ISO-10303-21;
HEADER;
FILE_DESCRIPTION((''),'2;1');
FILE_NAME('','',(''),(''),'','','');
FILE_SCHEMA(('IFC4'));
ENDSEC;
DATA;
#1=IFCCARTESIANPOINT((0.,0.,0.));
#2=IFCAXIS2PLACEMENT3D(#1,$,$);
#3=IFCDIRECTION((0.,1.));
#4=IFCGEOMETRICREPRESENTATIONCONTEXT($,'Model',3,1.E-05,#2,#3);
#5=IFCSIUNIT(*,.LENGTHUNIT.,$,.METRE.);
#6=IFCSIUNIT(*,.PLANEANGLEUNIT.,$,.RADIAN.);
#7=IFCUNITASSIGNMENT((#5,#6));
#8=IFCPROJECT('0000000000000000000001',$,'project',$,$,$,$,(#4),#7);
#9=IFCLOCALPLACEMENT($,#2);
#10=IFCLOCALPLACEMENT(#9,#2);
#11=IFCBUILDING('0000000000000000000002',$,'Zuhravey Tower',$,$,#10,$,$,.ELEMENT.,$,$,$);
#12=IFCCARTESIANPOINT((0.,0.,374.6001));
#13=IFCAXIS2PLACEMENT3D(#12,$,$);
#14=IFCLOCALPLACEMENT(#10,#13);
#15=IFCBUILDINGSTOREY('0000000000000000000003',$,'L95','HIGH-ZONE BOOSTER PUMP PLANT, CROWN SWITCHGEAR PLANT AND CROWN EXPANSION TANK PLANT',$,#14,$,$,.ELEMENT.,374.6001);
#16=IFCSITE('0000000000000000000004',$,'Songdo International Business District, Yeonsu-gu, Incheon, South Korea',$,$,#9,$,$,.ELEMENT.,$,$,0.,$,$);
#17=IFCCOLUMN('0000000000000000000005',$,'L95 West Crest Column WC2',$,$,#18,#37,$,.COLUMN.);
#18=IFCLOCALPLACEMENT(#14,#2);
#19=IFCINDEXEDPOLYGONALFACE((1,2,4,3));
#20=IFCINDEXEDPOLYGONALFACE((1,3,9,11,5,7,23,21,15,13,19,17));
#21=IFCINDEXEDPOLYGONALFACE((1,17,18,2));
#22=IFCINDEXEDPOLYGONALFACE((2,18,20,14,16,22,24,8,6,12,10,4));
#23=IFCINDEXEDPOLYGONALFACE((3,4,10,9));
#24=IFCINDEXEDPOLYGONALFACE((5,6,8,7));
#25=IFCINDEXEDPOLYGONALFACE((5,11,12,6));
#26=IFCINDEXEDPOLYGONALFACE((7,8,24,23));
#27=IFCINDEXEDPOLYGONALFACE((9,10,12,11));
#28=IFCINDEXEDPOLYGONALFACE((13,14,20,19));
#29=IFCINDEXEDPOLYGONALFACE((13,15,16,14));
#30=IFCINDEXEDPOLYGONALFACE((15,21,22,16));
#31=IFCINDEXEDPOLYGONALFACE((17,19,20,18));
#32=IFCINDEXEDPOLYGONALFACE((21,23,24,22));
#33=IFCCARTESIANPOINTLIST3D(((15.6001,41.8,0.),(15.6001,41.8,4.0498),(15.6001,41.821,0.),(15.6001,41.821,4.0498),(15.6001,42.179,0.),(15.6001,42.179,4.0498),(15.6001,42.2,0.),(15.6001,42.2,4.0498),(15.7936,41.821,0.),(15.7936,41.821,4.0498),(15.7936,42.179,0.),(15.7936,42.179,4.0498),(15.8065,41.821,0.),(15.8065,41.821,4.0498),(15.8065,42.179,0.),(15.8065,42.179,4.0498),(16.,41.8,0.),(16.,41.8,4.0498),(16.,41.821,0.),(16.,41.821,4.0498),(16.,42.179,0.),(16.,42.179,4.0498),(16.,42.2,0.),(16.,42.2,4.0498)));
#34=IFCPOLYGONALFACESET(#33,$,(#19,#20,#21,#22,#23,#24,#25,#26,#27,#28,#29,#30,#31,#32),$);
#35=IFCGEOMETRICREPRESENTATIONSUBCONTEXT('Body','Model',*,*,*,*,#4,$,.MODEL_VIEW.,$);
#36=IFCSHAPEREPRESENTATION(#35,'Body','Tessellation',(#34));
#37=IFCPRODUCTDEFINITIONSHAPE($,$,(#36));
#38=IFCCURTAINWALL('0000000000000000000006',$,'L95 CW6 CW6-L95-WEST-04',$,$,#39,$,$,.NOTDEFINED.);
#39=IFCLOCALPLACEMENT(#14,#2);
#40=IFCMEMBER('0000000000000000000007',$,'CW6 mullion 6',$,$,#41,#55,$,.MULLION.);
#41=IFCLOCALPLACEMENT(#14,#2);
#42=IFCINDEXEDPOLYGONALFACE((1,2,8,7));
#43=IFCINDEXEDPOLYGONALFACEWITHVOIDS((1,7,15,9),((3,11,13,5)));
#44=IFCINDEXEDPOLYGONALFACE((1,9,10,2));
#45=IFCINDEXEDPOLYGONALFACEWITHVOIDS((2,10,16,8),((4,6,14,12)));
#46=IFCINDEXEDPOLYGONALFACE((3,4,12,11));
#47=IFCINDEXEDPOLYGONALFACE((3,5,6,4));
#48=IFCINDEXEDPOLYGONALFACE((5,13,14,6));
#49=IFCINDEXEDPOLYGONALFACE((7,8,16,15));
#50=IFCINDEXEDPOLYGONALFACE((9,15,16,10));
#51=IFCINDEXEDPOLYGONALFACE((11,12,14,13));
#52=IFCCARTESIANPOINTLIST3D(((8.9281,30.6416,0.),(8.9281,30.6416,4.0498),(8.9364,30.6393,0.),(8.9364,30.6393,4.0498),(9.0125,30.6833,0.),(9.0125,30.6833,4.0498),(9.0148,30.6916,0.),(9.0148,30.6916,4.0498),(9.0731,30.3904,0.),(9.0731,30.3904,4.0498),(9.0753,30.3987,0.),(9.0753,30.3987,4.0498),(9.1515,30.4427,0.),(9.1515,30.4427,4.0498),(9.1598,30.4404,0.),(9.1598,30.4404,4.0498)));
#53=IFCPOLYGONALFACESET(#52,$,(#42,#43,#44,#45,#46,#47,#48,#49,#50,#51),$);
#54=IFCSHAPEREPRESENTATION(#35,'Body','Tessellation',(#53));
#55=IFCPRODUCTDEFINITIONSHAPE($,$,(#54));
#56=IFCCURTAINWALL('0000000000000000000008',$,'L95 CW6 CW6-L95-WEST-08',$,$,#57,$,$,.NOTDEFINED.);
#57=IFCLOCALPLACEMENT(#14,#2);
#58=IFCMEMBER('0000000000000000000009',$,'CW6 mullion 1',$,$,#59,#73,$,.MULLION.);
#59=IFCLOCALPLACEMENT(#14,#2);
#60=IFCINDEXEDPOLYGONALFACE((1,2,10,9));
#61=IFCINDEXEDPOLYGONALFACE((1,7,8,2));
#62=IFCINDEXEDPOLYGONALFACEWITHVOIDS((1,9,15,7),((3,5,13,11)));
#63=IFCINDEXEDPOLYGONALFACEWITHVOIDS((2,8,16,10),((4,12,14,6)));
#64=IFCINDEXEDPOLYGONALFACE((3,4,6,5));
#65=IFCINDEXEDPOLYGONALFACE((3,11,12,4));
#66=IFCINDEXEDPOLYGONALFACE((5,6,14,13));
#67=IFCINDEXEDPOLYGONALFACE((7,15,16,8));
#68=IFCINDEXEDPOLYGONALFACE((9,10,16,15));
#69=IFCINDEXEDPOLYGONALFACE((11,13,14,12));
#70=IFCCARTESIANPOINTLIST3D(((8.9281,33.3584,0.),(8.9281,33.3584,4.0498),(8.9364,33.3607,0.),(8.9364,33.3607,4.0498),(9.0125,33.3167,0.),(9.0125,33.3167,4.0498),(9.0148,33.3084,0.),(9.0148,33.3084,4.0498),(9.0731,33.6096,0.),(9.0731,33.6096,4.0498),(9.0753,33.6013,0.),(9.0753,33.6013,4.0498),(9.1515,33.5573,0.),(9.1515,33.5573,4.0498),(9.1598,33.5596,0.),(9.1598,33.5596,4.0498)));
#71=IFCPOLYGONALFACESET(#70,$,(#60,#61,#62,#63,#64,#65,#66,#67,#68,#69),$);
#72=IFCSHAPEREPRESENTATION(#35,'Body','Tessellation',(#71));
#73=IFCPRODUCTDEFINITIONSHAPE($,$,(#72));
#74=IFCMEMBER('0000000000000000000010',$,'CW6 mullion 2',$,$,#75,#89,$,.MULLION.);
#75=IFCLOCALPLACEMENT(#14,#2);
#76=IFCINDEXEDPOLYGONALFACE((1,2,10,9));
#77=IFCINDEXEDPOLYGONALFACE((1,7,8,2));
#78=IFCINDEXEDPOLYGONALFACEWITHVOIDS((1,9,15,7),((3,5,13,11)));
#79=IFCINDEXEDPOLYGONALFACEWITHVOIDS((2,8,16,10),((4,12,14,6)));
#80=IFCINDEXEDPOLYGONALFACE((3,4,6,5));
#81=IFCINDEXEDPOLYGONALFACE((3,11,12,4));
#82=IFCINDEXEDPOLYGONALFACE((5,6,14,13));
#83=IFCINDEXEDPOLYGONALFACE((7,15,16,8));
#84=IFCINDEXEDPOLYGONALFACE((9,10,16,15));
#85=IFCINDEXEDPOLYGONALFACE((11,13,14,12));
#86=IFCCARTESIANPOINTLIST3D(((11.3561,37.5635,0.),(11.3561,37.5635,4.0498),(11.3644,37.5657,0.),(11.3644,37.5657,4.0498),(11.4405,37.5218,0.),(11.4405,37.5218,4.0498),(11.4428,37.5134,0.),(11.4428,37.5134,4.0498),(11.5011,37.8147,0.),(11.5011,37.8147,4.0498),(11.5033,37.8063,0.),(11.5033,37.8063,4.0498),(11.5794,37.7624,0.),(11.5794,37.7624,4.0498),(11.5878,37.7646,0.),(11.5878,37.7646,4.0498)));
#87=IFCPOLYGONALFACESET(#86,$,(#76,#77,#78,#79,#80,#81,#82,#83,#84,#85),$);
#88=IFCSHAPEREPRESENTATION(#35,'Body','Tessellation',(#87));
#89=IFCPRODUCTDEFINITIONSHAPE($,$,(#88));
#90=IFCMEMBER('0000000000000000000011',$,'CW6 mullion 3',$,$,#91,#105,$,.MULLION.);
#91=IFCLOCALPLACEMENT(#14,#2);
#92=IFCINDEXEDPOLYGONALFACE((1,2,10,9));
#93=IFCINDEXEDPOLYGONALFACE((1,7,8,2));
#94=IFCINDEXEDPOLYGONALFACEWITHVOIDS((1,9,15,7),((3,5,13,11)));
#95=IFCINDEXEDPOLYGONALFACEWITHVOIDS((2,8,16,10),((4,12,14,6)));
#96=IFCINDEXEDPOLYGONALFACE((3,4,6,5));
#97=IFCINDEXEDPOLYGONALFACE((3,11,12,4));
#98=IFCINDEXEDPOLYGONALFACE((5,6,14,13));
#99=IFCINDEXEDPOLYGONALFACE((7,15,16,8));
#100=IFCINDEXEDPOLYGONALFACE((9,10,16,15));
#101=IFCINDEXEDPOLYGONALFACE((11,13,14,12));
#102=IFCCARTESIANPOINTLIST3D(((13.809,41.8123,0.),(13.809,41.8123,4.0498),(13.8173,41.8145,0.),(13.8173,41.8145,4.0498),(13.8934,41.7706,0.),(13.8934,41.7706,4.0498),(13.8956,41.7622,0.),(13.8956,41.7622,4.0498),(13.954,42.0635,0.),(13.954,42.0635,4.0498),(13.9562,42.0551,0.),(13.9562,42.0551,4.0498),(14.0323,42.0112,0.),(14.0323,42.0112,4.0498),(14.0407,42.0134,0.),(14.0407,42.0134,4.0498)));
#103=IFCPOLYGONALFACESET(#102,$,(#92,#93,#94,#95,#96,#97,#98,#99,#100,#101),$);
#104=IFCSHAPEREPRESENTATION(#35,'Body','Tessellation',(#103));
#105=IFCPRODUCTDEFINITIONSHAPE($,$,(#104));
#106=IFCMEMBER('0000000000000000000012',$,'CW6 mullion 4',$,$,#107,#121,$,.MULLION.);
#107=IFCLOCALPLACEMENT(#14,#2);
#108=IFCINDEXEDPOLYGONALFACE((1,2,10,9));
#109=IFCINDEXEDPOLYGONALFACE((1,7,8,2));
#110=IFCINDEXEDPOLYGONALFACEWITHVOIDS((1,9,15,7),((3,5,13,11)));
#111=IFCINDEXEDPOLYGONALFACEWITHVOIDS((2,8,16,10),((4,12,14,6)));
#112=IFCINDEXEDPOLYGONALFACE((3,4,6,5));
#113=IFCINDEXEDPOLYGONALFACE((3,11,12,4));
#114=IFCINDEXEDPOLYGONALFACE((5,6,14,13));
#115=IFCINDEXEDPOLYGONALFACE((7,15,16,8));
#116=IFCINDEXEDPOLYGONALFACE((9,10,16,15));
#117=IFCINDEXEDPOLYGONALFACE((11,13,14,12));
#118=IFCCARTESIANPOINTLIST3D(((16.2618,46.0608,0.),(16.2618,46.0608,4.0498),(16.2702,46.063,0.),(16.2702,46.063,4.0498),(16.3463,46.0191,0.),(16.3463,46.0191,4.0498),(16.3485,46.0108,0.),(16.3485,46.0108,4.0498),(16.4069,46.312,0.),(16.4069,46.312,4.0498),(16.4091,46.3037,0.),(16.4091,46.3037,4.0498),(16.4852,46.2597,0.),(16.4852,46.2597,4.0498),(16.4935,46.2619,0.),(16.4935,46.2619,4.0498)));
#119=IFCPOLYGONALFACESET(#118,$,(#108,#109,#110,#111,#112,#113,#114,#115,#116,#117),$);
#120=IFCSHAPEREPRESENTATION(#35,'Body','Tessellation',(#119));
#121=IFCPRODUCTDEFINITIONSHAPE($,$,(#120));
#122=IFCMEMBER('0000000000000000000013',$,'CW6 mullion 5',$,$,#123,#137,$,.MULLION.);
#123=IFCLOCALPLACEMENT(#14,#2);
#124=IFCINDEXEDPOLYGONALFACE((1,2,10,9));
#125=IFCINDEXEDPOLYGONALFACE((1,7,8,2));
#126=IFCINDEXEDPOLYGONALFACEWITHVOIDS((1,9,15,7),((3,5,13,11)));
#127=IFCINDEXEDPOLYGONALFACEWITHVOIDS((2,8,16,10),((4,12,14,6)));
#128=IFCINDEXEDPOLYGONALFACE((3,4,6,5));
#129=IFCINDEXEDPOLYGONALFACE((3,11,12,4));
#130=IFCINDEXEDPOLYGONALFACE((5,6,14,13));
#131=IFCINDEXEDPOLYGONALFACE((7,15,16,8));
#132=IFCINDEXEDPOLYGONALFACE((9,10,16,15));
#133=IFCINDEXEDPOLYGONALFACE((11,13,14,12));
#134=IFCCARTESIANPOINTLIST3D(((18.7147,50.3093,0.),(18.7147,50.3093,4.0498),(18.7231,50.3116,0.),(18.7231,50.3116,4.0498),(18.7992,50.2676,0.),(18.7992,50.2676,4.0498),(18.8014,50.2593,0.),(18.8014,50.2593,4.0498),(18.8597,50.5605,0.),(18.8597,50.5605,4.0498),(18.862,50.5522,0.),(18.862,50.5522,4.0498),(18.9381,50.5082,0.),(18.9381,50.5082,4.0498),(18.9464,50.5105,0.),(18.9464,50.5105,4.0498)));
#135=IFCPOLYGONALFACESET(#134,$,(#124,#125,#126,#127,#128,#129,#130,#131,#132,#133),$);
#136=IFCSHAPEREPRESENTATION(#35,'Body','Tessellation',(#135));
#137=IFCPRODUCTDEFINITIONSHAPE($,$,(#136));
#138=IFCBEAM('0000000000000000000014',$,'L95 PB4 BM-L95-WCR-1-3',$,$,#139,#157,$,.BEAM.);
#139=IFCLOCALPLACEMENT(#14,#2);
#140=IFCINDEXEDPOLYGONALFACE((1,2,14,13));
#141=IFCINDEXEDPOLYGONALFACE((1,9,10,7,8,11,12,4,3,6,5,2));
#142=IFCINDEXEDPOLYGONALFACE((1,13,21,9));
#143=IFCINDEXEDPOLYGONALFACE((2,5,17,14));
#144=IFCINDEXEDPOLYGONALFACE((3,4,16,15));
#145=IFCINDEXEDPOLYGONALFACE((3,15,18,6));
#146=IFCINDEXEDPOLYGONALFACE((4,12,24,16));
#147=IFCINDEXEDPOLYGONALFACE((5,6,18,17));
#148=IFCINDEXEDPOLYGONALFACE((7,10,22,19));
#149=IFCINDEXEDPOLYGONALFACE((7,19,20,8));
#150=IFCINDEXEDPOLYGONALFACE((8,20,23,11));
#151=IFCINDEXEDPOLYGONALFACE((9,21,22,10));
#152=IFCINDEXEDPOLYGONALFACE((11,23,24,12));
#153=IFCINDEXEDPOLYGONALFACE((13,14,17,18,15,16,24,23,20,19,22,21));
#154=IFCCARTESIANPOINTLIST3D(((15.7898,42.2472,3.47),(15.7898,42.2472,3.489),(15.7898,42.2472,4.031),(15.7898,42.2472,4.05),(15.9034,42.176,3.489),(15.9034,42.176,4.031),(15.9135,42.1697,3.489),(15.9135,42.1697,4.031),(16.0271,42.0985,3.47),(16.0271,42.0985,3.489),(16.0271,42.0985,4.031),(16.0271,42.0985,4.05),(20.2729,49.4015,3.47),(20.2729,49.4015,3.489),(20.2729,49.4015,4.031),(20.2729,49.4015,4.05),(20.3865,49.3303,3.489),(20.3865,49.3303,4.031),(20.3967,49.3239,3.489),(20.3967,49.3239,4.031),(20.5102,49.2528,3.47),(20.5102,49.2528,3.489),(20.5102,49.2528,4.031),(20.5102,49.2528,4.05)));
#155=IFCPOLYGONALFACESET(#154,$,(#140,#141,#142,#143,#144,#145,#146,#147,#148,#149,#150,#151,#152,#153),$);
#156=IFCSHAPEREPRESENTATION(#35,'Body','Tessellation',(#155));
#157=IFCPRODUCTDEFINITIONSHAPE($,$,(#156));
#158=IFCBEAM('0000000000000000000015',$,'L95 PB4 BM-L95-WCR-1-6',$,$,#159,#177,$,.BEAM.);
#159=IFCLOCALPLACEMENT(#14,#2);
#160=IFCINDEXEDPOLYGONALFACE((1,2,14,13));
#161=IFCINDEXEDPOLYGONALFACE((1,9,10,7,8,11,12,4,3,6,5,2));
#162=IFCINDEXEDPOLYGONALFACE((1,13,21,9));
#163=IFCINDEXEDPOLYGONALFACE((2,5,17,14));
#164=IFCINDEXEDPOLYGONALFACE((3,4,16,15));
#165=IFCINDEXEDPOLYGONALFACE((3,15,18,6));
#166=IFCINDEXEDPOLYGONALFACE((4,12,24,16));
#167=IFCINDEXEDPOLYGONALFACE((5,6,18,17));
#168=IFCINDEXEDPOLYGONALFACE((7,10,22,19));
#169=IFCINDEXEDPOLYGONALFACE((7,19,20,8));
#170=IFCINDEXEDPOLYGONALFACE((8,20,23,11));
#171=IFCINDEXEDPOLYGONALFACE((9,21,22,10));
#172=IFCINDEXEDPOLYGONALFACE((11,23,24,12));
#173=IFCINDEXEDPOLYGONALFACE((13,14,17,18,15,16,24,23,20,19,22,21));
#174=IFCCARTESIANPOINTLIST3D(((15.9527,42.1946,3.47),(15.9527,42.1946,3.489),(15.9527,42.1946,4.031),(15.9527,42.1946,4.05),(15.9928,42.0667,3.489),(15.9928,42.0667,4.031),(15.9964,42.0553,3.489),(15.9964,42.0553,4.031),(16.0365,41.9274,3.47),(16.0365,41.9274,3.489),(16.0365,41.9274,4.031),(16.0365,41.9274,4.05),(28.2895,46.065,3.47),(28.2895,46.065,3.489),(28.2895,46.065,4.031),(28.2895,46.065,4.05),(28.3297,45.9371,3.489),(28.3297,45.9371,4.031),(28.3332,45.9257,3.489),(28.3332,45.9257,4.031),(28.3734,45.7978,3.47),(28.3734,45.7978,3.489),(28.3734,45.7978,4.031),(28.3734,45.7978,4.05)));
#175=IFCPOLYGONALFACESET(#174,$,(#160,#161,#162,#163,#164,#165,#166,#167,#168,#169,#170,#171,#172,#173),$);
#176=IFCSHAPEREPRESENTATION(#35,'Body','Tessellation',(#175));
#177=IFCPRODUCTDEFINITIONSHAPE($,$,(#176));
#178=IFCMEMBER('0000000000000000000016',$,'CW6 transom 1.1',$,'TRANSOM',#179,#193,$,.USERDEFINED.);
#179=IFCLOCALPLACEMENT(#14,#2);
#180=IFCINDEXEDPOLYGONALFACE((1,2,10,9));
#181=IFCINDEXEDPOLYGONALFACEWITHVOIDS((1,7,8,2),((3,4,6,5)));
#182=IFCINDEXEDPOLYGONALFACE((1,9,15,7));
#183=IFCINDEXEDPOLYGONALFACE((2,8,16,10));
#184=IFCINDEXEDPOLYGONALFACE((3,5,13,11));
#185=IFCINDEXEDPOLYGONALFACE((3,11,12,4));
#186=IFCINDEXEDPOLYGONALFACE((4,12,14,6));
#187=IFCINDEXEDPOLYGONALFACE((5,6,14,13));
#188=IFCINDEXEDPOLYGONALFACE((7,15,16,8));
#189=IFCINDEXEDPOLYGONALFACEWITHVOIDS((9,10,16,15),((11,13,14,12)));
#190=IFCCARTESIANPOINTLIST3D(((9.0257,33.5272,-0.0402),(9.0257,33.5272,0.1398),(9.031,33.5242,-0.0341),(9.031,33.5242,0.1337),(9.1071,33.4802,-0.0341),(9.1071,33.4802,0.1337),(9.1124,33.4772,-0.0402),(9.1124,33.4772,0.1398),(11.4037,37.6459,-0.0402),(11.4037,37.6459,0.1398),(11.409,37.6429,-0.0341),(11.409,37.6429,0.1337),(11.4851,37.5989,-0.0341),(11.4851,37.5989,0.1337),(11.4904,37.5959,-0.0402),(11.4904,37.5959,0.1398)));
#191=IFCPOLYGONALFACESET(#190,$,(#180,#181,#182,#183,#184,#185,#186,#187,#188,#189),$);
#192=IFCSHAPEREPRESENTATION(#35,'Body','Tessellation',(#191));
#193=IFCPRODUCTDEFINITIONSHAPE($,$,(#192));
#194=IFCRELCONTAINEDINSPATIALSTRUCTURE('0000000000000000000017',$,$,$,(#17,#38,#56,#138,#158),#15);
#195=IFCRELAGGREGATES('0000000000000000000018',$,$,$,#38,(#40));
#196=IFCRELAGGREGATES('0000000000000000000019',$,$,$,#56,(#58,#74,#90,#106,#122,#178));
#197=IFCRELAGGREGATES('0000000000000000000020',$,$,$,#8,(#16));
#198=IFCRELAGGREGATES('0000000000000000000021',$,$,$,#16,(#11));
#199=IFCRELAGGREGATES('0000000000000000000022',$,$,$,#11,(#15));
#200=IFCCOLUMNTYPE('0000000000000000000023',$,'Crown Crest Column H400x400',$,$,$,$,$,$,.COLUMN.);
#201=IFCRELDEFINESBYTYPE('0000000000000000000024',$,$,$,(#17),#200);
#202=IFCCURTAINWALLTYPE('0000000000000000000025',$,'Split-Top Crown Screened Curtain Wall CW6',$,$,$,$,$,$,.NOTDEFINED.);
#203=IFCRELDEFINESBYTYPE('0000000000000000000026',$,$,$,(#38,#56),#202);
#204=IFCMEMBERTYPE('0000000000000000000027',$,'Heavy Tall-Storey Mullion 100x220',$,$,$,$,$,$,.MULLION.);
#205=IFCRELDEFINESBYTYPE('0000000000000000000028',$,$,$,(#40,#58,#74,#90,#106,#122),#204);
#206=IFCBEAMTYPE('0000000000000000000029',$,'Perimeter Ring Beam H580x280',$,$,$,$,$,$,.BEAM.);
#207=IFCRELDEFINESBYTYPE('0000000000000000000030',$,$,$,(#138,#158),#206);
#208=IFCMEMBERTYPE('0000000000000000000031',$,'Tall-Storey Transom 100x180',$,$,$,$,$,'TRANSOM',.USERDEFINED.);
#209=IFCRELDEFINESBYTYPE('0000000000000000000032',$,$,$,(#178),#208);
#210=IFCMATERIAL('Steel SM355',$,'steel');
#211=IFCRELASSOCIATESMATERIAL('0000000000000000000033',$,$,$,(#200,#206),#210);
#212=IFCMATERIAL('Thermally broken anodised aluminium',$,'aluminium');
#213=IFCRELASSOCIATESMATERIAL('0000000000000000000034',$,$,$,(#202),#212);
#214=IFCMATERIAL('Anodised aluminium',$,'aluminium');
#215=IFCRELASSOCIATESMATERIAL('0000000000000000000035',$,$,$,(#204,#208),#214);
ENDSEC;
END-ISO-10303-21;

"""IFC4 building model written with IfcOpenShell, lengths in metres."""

from ifc_helpers import new_model, si_unit, direction, frame, origin, origin_2d, place, context, subcontext, project, spatial, hollow_rectangle, i_section, extrude, material, material_profile, profile_set, type_object, element, aggregate, save


model = new_model("IFC4")

# Units and contexts
model_context = context("Model", 3, precision=1e-05, world=origin(), true_north=direction((0.0, 1.0)))
body_context = subcontext(model_context, "Body", "Model", "MODEL_VIEW")
ifc_project = project(units=[si_unit("LENGTHUNIT", "METRE"), si_unit("PLANEANGLEUNIT", "RADIAN")], contexts=[model_context])

# Site, building, storey
site_placement = place(None, origin())
site = spatial("IfcSite", under=ifc_project, at=site_placement, Name="Songdo International Business District, Yeonsu-gu, Incheon, South Korea", CompositionType="ELEMENT", RefElevation=0.0)
building_placement = place(site_placement, origin())
building = spatial("IfcBuilding", under=site, at=building_placement, Name="Zuhravey Tower", CompositionType="ELEMENT")
storey_placement = place(building_placement, frame((0.0, 0.0, 374.6001)))
storey = spatial("IfcBuildingStorey", under=building, at=storey_placement, Name="L95", Description="HIGH-ZONE BOOSTER PUMP PLANT, CROWN SWITCHGEAR PLANT AND CROWN EXPANSION TANK PLANT", CompositionType="ELEMENT", Elevation=374.6001)

# Column
ifc_material_1 = material(Name="Steel SM355", Category="steel")
ifc_material_profile_1 = material_profile(ifc_material_1, i_section(OverallWidth=0.3999, OverallDepth=0.3999, WebThickness=0.0129, FlangeThickness=0.021, at=origin_2d()), Name="H-400x400x13x21")
ifc_profile_set_1 = profile_set([ifc_material_profile_1], Name="Steel SM355")
column_type = type_object("IfcColumnType", Name="Crown Crest Column H400x400", PredefinedType="COLUMN", material=ifc_profile_set_1)
column_placement = place(storey_placement, frame((15.8, 42.0, 0.0), z_axis=(0.0, 0.0, 1.0), x_axis=(1.0, 0.0, 0.0)))
element("IfcColumn", 1, at=column_placement, inside=storey, type_object=column_type, Name="L95 West Crest Column WC2", PredefinedType="COLUMN", context=body_context, shape_type="SweptSolid", body=[
    extrude(i_section(OverallWidth=0.3999, OverallDepth=0.3999, WebThickness=0.0129, FlangeThickness=0.021, at=origin_2d()), origin(), (0.0, 0.0, 1.0), 4.0498),
])

# Curtain wall, member
ifc_material_2 = material(Name="Thermally broken anodised aluminium", Category="aluminium")
curtain_wall_type = type_object("IfcCurtainWallType", Name="Split-Top Crown Screened Curtain Wall CW6", PredefinedType="NOTDEFINED", material=ifc_material_2)
curtain_wall_1_placement = place(storey_placement, origin())
curtain_wall_1 = element("IfcCurtainWall", 2, at=curtain_wall_1_placement, inside=storey, type_object=curtain_wall_type, Name="L95 CW6 CW6-L95-WEST-04", PredefinedType="NOTDEFINED")
ifc_material_3 = material(Name="Anodised aluminium", Category="aluminium")
ifc_material_profile_2 = material_profile(ifc_material_3, hollow_rectangle(XDim=0.1001, YDim=0.29, WallThickness=0.0061, at=origin_2d()), Name="ALU-RHS-100x290x6")
ifc_profile_set_2 = profile_set([ifc_material_profile_2], Name="Anodised aluminium")
member_type_1 = type_object("IfcMemberType", Name="Heavy Tall-Storey Mullion 100x220", PredefinedType="MULLION", material=ifc_profile_set_2)
member_1_placement = place(storey_placement, frame((9.0439, 30.541, 0.0), z_axis=(0.0, 0.0, 1.0), x_axis=(-0.866027, -0.499997, 0.0)))
member_1 = element("IfcMember", 3, at=member_1_placement, type_object=member_type_1, Name="CW6 mullion 6", PredefinedType="MULLION", context=body_context, shape_type="SweptSolid", body=[
    extrude(hollow_rectangle(XDim=0.1001, YDim=0.29, WallThickness=0.0061, at=origin_2d()), origin(), (0.0, 0.0, 1.0), 4.0498),
])
aggregate(curtain_wall_1, [member_1])

# Curtain wall, members
curtain_wall_2_placement = place(storey_placement, origin())
curtain_wall_2 = element("IfcCurtainWall", 4, at=curtain_wall_2_placement, inside=storey, type_object=curtain_wall_type, Name="L95 CW6 CW6-L95-WEST-08", PredefinedType="NOTDEFINED")
member_2_placement = place(storey_placement, frame((9.0439, 33.459, 0.0), z_axis=(0.0, 0.0, 1.0), x_axis=(-0.866027, 0.499997, 0.0)))
member_2 = element("IfcMember", 5, at=member_2_placement, type_object=member_type_1, Name="CW6 mullion 1", PredefinedType="MULLION", context=body_context, shape_type="SweptSolid", body=[
    extrude(hollow_rectangle(XDim=0.1001, YDim=0.29, WallThickness=0.0061, at=origin_2d()), origin(), (0.0, 0.0, 1.0), 4.0498),
])
member_3_placement = place(storey_placement, frame((11.4719, 37.6641, 0.0), z_axis=(0.0, 0.0, 1.0), x_axis=(-0.866027, 0.499997, 0.0)))
member_3 = element("IfcMember", 6, at=member_3_placement, type_object=member_type_1, Name="CW6 mullion 2", PredefinedType="MULLION", context=body_context, shape_type="SweptSolid", body=[
    extrude(hollow_rectangle(XDim=0.1001, YDim=0.29, WallThickness=0.0061, at=origin_2d()), origin(), (0.0, 0.0, 1.0), 4.0498),
])
member_4_placement = place(storey_placement, frame((13.9248, 41.9128, 0.0), z_axis=(0.0, 0.0, 1.0), x_axis=(-0.866027, 0.499997, 0.0)))
member_4 = element("IfcMember", 7, at=member_4_placement, type_object=member_type_1, Name="CW6 mullion 3", PredefinedType="MULLION", context=body_context, shape_type="SweptSolid", body=[
    extrude(hollow_rectangle(XDim=0.1001, YDim=0.29, WallThickness=0.0061, at=origin_2d()), origin(), (0.0, 0.0, 1.0), 4.0498),
])
member_5_placement = place(storey_placement, frame((16.3777, 46.1614, 0.0), z_axis=(0.0, 0.0, 1.0), x_axis=(-0.866027, 0.499997, 0.0)))
member_5 = element("IfcMember", 8, at=member_5_placement, type_object=member_type_1, Name="CW6 mullion 4", PredefinedType="MULLION", context=body_context, shape_type="SweptSolid", body=[
    extrude(hollow_rectangle(XDim=0.1001, YDim=0.29, WallThickness=0.0061, at=origin_2d()), origin(), (0.0, 0.0, 1.0), 4.0498),
])
member_6_placement = place(storey_placement, frame((18.8306, 50.4099, 0.0), z_axis=(0.0, 0.0, 1.0), x_axis=(-0.866027, 0.499997, 0.0)))
member_6 = element("IfcMember", 9, at=member_6_placement, type_object=member_type_1, Name="CW6 mullion 5", PredefinedType="MULLION", context=body_context, shape_type="SweptSolid", body=[
    extrude(hollow_rectangle(XDim=0.1001, YDim=0.29, WallThickness=0.0061, at=origin_2d()), origin(), (0.0, 0.0, 1.0), 4.0498),
])

# Beams
ifc_material_profile_3 = material_profile(ifc_material_1, i_section(OverallWidth=0.28, OverallDepth=0.5801, WebThickness=0.012, FlangeThickness=0.019, at=origin_2d()), Name="H-580x280x12x19")
ifc_profile_set_3 = profile_set([ifc_material_profile_3], Name="Steel SM355")
beam_type = type_object("IfcBeamType", Name="Perimeter Ring Beam H580x280", PredefinedType="BEAM", material=ifc_profile_set_3)
beam_1_placement = place(storey_placement, frame((15.9084, 42.1729, 3.76), z_axis=(0.530997, 0.847374, 0.0), x_axis=(-0.847374, 0.530997, 0.0)))
element("IfcBeam", 10, at=beam_1_placement, inside=storey, type_object=beam_type, Name="L95 PB4 BM-L95-WCR-1-3", PredefinedType="BEAM", context=body_context, shape_type="SweptSolid", body=[
    extrude(i_section(OverallWidth=0.28, OverallDepth=0.5801, WebThickness=0.012, FlangeThickness=0.019, at=origin_2d()), origin(), (0.0, 0.0, 1.0), 8.4429),
])
beam_2_placement = place(storey_placement, frame((15.9946, 42.061, 3.76), z_axis=(0.954147, 0.299337, 0.0), x_axis=(-0.299337, 0.954147, 0.0)))
element("IfcBeam", 11, at=beam_2_placement, inside=storey, type_object=beam_type, Name="L95 PB4 BM-L95-WCR-1-6", PredefinedType="BEAM", context=body_context, shape_type="SweptSolid", body=[
    extrude(i_section(OverallWidth=0.28, OverallDepth=0.5801, WebThickness=0.012, FlangeThickness=0.019, at=origin_2d()), origin(), (0.0, 0.0, 1.0), 12.9297),
])

# Member
ifc_material_profile_4 = material_profile(ifc_material_3, hollow_rectangle(XDim=0.1001, YDim=0.1799, WallThickness=0.0061, at=origin_2d()), Name="ALU-RHS-100x180x6")
ifc_profile_set_4 = profile_set([ifc_material_profile_4], Name="Anodised aluminium")
member_type_2 = type_object("IfcMemberType", Name="Tall-Storey Transom 100x180", ElementType="TRANSOM", PredefinedType="USERDEFINED", material=ifc_profile_set_4)
member_7_placement = place(storey_placement, frame((9.0691, 33.5022, 0.0498), z_axis=(0.500004, 0.866023, 0.0), x_axis=(-0.866023, 0.500004, 0.0)))
member_7 = element("IfcMember", 12, at=member_7_placement, type_object=member_type_2, Name="CW6 transom 1.1", ObjectType="TRANSOM", PredefinedType="USERDEFINED", context=body_context, shape_type="SweptSolid", body=[
    extrude(hollow_rectangle(XDim=0.1001, YDim=0.1799, WallThickness=0.0061, at=origin_2d()), origin(), (0.0, 0.0, 1.0), 4.7559),
])

aggregate(curtain_wall_2, [member_2, member_3, member_4, member_5, member_6, member_7])

save(model, "model.ifc")
